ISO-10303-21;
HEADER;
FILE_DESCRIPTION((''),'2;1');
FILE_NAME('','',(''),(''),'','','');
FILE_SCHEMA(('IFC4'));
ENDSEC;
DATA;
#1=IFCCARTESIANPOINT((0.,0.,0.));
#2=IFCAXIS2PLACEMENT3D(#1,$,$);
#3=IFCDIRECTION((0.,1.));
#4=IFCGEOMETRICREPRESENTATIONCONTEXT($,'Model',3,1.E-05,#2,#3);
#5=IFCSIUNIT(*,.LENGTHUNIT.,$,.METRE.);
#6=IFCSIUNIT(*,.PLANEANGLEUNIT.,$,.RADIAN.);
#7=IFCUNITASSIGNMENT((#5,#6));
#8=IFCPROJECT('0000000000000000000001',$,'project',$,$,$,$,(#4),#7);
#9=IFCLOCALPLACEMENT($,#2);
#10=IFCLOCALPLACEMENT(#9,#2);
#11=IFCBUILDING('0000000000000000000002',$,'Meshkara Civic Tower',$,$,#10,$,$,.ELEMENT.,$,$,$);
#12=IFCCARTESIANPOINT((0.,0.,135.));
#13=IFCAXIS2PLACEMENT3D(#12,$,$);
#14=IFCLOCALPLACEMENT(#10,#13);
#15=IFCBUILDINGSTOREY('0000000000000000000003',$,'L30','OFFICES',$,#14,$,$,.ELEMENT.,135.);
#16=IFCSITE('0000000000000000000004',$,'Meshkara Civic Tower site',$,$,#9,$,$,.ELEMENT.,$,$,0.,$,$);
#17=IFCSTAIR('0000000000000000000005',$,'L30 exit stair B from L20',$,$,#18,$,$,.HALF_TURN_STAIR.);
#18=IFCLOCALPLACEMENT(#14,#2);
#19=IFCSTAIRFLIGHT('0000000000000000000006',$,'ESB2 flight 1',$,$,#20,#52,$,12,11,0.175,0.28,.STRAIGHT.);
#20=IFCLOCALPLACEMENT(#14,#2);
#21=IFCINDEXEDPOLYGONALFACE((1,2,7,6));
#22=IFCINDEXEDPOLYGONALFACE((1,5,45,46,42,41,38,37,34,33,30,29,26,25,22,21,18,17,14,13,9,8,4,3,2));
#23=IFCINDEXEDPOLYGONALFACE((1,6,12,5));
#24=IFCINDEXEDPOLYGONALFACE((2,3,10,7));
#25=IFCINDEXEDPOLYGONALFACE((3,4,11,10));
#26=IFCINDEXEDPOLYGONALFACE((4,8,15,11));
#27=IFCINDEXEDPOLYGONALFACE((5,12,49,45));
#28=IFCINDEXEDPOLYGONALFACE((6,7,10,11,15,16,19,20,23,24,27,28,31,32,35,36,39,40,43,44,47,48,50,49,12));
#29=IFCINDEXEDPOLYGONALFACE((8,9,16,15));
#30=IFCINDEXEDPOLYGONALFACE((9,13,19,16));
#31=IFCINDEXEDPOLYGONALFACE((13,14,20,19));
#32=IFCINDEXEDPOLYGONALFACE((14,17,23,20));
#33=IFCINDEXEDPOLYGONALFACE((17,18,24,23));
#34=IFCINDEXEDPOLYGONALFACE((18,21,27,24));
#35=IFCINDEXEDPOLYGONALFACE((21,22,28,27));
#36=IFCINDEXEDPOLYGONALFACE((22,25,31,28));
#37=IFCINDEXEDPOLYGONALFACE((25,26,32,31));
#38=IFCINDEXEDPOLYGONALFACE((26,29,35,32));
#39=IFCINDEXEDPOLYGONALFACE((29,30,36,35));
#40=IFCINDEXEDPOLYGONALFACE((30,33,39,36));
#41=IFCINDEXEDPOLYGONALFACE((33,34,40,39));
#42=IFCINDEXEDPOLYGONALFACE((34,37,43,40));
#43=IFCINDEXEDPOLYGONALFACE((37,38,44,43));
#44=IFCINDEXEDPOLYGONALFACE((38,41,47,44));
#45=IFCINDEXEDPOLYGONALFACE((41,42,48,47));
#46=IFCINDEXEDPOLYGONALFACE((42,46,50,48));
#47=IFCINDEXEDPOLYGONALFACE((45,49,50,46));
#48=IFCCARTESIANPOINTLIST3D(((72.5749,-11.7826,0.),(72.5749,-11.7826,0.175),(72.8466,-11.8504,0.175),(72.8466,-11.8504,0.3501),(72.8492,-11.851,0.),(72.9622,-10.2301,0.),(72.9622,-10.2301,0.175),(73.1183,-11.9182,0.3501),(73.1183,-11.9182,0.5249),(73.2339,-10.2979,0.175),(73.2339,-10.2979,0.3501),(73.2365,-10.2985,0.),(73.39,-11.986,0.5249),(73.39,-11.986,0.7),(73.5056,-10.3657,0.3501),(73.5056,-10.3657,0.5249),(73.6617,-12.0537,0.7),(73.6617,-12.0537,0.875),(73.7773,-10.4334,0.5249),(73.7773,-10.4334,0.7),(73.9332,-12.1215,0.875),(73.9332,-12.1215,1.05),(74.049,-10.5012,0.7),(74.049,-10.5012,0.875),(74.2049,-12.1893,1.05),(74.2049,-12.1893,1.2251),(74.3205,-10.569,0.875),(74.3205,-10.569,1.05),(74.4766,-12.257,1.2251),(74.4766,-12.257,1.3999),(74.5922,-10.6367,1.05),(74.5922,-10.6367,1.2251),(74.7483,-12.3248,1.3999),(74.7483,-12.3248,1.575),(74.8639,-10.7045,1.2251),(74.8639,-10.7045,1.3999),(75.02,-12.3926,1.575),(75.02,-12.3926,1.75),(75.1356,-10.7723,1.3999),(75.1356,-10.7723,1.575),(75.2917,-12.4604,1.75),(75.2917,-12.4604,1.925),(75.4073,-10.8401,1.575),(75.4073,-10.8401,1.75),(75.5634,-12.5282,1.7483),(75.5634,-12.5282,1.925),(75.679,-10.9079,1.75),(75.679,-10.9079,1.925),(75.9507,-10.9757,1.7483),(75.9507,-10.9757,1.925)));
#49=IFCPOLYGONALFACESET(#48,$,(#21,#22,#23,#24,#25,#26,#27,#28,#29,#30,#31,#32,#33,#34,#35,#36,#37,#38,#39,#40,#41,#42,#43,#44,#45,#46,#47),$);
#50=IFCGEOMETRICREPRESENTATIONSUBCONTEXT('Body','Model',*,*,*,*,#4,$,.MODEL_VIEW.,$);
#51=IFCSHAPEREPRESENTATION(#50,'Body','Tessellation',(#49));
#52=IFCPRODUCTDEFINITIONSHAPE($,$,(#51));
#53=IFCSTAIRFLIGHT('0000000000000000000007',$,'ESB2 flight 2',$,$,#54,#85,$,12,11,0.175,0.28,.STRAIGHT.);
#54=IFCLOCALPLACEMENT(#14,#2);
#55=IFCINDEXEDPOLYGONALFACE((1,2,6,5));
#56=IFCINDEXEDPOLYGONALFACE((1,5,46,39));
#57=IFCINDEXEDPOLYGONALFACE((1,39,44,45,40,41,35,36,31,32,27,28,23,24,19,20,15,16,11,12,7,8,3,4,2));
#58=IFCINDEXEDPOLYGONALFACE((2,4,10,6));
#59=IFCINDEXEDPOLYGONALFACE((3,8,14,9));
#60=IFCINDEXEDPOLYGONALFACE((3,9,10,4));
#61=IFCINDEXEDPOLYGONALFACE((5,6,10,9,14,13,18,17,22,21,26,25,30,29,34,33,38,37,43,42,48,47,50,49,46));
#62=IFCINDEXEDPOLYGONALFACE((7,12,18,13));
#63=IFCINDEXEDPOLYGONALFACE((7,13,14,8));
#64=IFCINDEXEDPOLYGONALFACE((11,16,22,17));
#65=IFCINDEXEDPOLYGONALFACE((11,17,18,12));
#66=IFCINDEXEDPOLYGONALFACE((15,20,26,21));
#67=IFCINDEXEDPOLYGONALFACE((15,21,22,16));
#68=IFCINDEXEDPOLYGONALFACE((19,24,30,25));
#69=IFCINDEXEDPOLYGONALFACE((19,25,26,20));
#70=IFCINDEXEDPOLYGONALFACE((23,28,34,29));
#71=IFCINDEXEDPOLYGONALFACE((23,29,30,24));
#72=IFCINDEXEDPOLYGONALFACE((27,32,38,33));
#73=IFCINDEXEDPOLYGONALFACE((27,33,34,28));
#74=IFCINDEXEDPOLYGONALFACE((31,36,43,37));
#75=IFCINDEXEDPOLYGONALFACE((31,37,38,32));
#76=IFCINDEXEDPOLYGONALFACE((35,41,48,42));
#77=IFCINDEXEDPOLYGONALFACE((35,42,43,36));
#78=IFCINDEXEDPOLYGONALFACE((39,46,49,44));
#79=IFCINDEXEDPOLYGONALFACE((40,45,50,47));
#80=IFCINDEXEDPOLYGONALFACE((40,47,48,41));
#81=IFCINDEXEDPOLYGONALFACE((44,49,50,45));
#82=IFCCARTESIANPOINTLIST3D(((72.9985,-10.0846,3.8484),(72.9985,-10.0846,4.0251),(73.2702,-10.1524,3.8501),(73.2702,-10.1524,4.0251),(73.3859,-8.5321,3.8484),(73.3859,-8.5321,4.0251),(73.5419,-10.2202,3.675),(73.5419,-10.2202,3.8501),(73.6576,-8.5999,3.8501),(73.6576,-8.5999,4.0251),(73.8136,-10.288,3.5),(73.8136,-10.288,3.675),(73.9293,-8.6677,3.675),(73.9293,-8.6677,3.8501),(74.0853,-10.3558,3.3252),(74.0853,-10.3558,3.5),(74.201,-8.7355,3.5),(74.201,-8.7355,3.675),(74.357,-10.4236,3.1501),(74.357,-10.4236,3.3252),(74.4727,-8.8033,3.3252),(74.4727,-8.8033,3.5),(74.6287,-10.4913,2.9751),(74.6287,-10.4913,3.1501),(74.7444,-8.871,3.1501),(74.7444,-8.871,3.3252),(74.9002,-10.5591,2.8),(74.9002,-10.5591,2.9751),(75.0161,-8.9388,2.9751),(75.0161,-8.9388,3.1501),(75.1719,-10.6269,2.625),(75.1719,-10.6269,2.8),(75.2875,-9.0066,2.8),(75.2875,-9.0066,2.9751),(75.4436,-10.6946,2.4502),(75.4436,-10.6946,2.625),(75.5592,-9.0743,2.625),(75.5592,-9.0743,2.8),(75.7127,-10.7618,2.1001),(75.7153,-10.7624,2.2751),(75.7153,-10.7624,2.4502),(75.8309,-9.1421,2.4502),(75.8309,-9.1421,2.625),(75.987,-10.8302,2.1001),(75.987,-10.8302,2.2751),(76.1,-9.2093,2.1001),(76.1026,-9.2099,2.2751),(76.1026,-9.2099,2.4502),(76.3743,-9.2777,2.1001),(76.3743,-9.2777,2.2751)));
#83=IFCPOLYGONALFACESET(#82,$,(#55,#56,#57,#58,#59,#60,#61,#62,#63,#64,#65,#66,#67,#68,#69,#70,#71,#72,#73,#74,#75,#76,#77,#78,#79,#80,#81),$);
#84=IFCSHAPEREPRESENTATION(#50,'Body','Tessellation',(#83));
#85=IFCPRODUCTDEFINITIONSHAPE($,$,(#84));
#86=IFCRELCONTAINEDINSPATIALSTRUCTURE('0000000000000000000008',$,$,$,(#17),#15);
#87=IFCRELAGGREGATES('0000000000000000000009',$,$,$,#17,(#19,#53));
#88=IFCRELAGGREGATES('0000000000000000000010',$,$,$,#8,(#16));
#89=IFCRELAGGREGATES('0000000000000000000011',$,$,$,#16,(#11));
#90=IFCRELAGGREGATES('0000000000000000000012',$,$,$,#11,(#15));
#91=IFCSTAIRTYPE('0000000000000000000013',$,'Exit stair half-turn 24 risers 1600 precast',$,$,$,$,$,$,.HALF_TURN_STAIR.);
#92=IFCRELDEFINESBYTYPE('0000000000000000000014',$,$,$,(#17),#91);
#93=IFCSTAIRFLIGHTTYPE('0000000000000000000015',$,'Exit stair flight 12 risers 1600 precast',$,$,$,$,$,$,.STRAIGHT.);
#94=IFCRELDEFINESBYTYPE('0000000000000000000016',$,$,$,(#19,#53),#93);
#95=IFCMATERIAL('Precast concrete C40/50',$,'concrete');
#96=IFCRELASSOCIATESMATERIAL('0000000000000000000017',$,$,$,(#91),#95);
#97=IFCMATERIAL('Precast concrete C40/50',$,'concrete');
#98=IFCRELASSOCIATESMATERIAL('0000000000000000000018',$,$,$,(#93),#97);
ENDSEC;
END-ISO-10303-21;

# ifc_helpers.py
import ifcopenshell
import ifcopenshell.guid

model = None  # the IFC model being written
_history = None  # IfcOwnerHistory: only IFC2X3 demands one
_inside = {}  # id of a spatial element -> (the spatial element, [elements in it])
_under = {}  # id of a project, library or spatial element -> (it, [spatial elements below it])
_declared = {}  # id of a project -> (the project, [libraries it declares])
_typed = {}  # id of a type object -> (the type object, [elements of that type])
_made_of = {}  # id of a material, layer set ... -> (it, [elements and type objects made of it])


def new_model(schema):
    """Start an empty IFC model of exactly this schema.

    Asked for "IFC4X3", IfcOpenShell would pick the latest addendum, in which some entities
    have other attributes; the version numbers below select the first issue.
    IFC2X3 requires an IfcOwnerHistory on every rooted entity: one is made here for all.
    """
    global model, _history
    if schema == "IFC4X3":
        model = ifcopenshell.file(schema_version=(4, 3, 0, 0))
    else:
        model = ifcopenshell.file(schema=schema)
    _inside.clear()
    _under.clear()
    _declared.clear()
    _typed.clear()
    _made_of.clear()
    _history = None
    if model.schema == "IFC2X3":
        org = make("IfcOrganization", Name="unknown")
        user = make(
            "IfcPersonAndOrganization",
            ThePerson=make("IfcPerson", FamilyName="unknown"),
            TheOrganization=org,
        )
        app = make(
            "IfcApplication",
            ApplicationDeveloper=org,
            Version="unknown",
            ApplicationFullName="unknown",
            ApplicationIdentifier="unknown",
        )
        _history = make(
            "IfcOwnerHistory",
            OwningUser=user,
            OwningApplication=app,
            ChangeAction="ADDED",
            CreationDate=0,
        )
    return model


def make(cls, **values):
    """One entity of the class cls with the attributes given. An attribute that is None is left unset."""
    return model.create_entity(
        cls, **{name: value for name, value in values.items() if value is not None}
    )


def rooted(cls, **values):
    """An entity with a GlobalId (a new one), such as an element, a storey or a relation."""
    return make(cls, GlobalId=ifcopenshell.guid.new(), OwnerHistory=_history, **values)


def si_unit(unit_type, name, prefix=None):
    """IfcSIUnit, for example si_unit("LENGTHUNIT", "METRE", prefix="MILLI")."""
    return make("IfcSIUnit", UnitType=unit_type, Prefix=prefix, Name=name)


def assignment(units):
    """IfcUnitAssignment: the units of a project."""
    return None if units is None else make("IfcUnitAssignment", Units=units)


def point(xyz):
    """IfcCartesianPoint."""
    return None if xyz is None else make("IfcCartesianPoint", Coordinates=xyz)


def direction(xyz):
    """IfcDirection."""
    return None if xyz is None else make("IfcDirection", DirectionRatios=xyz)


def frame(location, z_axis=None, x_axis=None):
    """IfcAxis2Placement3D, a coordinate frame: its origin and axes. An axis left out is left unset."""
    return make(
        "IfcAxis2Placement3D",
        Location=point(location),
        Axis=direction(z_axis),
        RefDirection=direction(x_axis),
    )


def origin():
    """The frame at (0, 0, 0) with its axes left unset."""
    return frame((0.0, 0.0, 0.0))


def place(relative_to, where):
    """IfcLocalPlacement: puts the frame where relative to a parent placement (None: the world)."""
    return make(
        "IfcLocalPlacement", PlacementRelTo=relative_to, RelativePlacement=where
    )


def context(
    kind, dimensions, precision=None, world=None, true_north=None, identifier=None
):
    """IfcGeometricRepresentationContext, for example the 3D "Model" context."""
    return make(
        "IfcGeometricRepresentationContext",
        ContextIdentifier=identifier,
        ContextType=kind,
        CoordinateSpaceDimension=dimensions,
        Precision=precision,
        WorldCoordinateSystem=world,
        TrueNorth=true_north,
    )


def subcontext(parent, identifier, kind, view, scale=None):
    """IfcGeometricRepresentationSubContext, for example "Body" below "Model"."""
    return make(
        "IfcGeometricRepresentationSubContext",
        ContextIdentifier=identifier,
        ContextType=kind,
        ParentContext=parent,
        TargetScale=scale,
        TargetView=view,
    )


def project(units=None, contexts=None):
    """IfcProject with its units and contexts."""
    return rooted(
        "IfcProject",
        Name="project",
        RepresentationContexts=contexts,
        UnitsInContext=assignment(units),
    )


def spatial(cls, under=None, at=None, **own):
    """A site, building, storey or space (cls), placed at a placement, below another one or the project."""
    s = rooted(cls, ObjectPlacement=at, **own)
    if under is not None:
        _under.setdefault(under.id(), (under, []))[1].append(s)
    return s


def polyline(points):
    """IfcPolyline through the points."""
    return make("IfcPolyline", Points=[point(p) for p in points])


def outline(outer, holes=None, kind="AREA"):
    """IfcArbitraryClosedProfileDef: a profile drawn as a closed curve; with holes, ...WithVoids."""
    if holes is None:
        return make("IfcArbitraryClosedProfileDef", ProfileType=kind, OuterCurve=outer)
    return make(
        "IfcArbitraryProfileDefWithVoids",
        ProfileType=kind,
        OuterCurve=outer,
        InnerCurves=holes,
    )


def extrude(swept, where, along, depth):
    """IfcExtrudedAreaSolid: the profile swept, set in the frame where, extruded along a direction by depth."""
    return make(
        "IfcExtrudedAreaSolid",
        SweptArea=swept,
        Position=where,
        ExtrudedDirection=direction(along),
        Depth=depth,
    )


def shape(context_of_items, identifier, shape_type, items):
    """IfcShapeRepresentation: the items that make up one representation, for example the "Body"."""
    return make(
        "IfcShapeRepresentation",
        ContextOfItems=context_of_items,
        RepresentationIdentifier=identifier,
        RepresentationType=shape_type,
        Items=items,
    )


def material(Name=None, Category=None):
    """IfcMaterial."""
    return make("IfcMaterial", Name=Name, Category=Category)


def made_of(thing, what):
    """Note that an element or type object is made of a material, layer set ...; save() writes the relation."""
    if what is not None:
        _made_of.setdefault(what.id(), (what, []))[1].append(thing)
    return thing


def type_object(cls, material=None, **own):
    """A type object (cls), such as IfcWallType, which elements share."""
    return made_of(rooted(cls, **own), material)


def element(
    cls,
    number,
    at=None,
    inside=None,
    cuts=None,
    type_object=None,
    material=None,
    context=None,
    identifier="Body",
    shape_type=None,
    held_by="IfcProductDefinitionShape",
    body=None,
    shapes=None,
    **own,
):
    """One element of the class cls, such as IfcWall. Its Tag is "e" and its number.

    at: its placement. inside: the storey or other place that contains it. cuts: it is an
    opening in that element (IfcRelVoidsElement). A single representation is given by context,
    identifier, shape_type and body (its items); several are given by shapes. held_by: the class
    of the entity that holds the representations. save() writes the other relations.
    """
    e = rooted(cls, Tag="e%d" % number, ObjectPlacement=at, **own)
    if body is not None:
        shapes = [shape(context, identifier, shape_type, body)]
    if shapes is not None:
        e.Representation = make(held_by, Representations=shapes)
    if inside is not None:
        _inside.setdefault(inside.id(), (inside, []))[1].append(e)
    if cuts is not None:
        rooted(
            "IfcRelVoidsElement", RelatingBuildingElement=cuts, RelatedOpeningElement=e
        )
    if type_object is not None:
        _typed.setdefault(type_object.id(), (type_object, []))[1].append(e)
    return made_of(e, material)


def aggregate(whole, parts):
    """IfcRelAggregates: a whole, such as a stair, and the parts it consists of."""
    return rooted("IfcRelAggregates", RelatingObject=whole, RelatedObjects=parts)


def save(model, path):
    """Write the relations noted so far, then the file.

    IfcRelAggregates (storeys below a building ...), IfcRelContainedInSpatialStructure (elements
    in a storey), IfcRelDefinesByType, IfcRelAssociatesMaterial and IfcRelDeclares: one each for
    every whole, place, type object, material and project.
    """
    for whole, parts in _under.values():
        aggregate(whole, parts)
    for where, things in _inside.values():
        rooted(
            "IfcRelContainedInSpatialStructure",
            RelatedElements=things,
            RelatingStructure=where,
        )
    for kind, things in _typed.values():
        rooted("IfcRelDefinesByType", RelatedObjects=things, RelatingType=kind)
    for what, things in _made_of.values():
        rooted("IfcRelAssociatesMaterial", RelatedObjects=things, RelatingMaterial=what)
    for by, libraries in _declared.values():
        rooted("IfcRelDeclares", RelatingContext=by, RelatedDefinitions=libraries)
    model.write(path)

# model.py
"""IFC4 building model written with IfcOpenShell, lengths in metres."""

from ifc_helpers import new_model, si_unit, direction, frame, origin, place, context, subcontext, project, spatial, polyline, outline, extrude, material, type_object, element, aggregate, save


model = new_model("IFC4")

# Units and contexts
model_context = context("Model", 3, precision=1e-05, world=origin(), true_north=direction((0.0, 1.0)))
body_context = subcontext(model_context, "Body", "Model", "MODEL_VIEW")
ifc_project = project(units=[si_unit("LENGTHUNIT", "METRE"), si_unit("PLANEANGLEUNIT", "RADIAN")], contexts=[model_context])

# Site, building, storey
site_placement = place(None, origin())
site = spatial("IfcSite", under=ifc_project, at=site_placement, Name="Meshkara Civic Tower site", CompositionType="ELEMENT", RefElevation=0.0)
building_placement = place(site_placement, origin())
building = spatial("IfcBuilding", under=site, at=building_placement, Name="Meshkara Civic Tower", CompositionType="ELEMENT")
storey_placement = place(building_placement, frame((0.0, 0.0, 135.0)))
storey = spatial("IfcBuildingStorey", under=building, at=storey_placement, Name="L30", Description="OFFICES", CompositionType="ELEMENT", Elevation=135.0)

# Stair, stair flights
ifc_material_1 = material(Name="Precast concrete C40/50", Category="concrete")
stair_type = type_object("IfcStairType", Name="Exit stair half-turn 24 risers 1600 precast", PredefinedType="HALF_TURN_STAIR", material=ifc_material_1)
stair_placement = place(storey_placement, origin())
stair = element("IfcStair", 1, at=stair_placement, inside=storey, type_object=stair_type, Name="L30 exit stair B from L20", PredefinedType="HALF_TURN_STAIR")
ifc_material_2 = material(Name="Precast concrete C40/50", Category="concrete")
stair_flight_type = type_object("IfcStairFlightType", Name="Exit stair flight 12 risers 1600 precast", PredefinedType="STRAIGHT", material=ifc_material_2)
stair_flight_1_placement = place(storey_placement, frame((72.7686, -11.0063, 0.0), z_axis=(0.0, 0.0, 1.0), x_axis=(0.97026, -0.242065, 0.0)))
stair_flight_1 = element("IfcStairFlight", 2, at=stair_flight_1_placement, type_object=stair_flight_type, Name="ESB2 flight 1", NumberOfRisers=12, NumberOfTreads=11, PredefinedType="STRAIGHT", RiserHeight=0.175, TreadLength=0.28, context=body_context, shape_type="SweptSolid", body=[
    extrude(outline(polyline([(0.0, 0.0), (0.0, 0.175), (0.28, 0.175), (0.28, 0.3501), (0.5601, 0.3501), (0.5601, 0.5249), (0.8401, 0.5249), (0.8401, 0.7), (1.1201, 0.7), (1.1201, 0.875), (1.3999, 0.875), (1.3999, 1.05), (1.6799, 1.05), (1.6799, 1.2251), (1.96, 1.2251), (1.96, 1.3999), (2.24, 1.3999), (2.24, 1.575), (2.52, 1.575), (2.52, 1.75), (2.8, 1.75), (2.8, 1.925), (3.0801, 1.925), (3.0801, 2.1001), (3.0801, 1.7483), (0.2827, 0.0), (0.0, 0.0)])), frame((0.0, 0.8, 0.0), z_axis=(0.0, -1.0, 0.0), x_axis=(1.0, 0.0, 0.0)), (0.0, 0.0, 1.0), 1.6001),
])
stair_flight_2_placement = place(storey_placement, frame((76.1807, -10.054, 2.1001), z_axis=(0.0, 0.0, 1.0), x_axis=(-0.97026, 0.242065, 0.0)))
stair_flight_2 = element("IfcStairFlight", 3, at=stair_flight_2_placement, type_object=stair_flight_type, Name="ESB2 flight 2", NumberOfRisers=12, NumberOfTreads=11, PredefinedType="STRAIGHT", RiserHeight=0.175, TreadLength=0.28, context=body_context, shape_type="SweptSolid", body=[
    extrude(outline(polyline([(0.0, 0.0), (0.0, 0.175), (0.28, 0.175), (0.28, 0.3501), (0.5601, 0.3501), (0.5601, 0.5249), (0.8401, 0.5249), (0.8401, 0.7), (1.1201, 0.7), (1.1201, 0.875), (1.3999, 0.875), (1.3999, 1.05), (1.6799, 1.05), (1.6799, 1.2251), (1.96, 1.2251), (1.96, 1.3999), (2.24, 1.3999), (2.24, 1.575), (2.52, 1.575), (2.52, 1.75), (2.8, 1.75), (2.8, 1.925), (3.0801, 1.925), (3.0801, 2.1001), (3.0801, 1.7483), (0.2827, 0.0), (0.0, 0.0)])), frame((0.0, 0.8, 0.0), z_axis=(0.0, -1.0, 0.0), x_axis=(1.0, 0.0, 0.0)), (0.0, 0.0, 1.0), 1.6001),
])
aggregate(stair, [stair_flight_1, stair_flight_2])

save(model, "model.ifc")
